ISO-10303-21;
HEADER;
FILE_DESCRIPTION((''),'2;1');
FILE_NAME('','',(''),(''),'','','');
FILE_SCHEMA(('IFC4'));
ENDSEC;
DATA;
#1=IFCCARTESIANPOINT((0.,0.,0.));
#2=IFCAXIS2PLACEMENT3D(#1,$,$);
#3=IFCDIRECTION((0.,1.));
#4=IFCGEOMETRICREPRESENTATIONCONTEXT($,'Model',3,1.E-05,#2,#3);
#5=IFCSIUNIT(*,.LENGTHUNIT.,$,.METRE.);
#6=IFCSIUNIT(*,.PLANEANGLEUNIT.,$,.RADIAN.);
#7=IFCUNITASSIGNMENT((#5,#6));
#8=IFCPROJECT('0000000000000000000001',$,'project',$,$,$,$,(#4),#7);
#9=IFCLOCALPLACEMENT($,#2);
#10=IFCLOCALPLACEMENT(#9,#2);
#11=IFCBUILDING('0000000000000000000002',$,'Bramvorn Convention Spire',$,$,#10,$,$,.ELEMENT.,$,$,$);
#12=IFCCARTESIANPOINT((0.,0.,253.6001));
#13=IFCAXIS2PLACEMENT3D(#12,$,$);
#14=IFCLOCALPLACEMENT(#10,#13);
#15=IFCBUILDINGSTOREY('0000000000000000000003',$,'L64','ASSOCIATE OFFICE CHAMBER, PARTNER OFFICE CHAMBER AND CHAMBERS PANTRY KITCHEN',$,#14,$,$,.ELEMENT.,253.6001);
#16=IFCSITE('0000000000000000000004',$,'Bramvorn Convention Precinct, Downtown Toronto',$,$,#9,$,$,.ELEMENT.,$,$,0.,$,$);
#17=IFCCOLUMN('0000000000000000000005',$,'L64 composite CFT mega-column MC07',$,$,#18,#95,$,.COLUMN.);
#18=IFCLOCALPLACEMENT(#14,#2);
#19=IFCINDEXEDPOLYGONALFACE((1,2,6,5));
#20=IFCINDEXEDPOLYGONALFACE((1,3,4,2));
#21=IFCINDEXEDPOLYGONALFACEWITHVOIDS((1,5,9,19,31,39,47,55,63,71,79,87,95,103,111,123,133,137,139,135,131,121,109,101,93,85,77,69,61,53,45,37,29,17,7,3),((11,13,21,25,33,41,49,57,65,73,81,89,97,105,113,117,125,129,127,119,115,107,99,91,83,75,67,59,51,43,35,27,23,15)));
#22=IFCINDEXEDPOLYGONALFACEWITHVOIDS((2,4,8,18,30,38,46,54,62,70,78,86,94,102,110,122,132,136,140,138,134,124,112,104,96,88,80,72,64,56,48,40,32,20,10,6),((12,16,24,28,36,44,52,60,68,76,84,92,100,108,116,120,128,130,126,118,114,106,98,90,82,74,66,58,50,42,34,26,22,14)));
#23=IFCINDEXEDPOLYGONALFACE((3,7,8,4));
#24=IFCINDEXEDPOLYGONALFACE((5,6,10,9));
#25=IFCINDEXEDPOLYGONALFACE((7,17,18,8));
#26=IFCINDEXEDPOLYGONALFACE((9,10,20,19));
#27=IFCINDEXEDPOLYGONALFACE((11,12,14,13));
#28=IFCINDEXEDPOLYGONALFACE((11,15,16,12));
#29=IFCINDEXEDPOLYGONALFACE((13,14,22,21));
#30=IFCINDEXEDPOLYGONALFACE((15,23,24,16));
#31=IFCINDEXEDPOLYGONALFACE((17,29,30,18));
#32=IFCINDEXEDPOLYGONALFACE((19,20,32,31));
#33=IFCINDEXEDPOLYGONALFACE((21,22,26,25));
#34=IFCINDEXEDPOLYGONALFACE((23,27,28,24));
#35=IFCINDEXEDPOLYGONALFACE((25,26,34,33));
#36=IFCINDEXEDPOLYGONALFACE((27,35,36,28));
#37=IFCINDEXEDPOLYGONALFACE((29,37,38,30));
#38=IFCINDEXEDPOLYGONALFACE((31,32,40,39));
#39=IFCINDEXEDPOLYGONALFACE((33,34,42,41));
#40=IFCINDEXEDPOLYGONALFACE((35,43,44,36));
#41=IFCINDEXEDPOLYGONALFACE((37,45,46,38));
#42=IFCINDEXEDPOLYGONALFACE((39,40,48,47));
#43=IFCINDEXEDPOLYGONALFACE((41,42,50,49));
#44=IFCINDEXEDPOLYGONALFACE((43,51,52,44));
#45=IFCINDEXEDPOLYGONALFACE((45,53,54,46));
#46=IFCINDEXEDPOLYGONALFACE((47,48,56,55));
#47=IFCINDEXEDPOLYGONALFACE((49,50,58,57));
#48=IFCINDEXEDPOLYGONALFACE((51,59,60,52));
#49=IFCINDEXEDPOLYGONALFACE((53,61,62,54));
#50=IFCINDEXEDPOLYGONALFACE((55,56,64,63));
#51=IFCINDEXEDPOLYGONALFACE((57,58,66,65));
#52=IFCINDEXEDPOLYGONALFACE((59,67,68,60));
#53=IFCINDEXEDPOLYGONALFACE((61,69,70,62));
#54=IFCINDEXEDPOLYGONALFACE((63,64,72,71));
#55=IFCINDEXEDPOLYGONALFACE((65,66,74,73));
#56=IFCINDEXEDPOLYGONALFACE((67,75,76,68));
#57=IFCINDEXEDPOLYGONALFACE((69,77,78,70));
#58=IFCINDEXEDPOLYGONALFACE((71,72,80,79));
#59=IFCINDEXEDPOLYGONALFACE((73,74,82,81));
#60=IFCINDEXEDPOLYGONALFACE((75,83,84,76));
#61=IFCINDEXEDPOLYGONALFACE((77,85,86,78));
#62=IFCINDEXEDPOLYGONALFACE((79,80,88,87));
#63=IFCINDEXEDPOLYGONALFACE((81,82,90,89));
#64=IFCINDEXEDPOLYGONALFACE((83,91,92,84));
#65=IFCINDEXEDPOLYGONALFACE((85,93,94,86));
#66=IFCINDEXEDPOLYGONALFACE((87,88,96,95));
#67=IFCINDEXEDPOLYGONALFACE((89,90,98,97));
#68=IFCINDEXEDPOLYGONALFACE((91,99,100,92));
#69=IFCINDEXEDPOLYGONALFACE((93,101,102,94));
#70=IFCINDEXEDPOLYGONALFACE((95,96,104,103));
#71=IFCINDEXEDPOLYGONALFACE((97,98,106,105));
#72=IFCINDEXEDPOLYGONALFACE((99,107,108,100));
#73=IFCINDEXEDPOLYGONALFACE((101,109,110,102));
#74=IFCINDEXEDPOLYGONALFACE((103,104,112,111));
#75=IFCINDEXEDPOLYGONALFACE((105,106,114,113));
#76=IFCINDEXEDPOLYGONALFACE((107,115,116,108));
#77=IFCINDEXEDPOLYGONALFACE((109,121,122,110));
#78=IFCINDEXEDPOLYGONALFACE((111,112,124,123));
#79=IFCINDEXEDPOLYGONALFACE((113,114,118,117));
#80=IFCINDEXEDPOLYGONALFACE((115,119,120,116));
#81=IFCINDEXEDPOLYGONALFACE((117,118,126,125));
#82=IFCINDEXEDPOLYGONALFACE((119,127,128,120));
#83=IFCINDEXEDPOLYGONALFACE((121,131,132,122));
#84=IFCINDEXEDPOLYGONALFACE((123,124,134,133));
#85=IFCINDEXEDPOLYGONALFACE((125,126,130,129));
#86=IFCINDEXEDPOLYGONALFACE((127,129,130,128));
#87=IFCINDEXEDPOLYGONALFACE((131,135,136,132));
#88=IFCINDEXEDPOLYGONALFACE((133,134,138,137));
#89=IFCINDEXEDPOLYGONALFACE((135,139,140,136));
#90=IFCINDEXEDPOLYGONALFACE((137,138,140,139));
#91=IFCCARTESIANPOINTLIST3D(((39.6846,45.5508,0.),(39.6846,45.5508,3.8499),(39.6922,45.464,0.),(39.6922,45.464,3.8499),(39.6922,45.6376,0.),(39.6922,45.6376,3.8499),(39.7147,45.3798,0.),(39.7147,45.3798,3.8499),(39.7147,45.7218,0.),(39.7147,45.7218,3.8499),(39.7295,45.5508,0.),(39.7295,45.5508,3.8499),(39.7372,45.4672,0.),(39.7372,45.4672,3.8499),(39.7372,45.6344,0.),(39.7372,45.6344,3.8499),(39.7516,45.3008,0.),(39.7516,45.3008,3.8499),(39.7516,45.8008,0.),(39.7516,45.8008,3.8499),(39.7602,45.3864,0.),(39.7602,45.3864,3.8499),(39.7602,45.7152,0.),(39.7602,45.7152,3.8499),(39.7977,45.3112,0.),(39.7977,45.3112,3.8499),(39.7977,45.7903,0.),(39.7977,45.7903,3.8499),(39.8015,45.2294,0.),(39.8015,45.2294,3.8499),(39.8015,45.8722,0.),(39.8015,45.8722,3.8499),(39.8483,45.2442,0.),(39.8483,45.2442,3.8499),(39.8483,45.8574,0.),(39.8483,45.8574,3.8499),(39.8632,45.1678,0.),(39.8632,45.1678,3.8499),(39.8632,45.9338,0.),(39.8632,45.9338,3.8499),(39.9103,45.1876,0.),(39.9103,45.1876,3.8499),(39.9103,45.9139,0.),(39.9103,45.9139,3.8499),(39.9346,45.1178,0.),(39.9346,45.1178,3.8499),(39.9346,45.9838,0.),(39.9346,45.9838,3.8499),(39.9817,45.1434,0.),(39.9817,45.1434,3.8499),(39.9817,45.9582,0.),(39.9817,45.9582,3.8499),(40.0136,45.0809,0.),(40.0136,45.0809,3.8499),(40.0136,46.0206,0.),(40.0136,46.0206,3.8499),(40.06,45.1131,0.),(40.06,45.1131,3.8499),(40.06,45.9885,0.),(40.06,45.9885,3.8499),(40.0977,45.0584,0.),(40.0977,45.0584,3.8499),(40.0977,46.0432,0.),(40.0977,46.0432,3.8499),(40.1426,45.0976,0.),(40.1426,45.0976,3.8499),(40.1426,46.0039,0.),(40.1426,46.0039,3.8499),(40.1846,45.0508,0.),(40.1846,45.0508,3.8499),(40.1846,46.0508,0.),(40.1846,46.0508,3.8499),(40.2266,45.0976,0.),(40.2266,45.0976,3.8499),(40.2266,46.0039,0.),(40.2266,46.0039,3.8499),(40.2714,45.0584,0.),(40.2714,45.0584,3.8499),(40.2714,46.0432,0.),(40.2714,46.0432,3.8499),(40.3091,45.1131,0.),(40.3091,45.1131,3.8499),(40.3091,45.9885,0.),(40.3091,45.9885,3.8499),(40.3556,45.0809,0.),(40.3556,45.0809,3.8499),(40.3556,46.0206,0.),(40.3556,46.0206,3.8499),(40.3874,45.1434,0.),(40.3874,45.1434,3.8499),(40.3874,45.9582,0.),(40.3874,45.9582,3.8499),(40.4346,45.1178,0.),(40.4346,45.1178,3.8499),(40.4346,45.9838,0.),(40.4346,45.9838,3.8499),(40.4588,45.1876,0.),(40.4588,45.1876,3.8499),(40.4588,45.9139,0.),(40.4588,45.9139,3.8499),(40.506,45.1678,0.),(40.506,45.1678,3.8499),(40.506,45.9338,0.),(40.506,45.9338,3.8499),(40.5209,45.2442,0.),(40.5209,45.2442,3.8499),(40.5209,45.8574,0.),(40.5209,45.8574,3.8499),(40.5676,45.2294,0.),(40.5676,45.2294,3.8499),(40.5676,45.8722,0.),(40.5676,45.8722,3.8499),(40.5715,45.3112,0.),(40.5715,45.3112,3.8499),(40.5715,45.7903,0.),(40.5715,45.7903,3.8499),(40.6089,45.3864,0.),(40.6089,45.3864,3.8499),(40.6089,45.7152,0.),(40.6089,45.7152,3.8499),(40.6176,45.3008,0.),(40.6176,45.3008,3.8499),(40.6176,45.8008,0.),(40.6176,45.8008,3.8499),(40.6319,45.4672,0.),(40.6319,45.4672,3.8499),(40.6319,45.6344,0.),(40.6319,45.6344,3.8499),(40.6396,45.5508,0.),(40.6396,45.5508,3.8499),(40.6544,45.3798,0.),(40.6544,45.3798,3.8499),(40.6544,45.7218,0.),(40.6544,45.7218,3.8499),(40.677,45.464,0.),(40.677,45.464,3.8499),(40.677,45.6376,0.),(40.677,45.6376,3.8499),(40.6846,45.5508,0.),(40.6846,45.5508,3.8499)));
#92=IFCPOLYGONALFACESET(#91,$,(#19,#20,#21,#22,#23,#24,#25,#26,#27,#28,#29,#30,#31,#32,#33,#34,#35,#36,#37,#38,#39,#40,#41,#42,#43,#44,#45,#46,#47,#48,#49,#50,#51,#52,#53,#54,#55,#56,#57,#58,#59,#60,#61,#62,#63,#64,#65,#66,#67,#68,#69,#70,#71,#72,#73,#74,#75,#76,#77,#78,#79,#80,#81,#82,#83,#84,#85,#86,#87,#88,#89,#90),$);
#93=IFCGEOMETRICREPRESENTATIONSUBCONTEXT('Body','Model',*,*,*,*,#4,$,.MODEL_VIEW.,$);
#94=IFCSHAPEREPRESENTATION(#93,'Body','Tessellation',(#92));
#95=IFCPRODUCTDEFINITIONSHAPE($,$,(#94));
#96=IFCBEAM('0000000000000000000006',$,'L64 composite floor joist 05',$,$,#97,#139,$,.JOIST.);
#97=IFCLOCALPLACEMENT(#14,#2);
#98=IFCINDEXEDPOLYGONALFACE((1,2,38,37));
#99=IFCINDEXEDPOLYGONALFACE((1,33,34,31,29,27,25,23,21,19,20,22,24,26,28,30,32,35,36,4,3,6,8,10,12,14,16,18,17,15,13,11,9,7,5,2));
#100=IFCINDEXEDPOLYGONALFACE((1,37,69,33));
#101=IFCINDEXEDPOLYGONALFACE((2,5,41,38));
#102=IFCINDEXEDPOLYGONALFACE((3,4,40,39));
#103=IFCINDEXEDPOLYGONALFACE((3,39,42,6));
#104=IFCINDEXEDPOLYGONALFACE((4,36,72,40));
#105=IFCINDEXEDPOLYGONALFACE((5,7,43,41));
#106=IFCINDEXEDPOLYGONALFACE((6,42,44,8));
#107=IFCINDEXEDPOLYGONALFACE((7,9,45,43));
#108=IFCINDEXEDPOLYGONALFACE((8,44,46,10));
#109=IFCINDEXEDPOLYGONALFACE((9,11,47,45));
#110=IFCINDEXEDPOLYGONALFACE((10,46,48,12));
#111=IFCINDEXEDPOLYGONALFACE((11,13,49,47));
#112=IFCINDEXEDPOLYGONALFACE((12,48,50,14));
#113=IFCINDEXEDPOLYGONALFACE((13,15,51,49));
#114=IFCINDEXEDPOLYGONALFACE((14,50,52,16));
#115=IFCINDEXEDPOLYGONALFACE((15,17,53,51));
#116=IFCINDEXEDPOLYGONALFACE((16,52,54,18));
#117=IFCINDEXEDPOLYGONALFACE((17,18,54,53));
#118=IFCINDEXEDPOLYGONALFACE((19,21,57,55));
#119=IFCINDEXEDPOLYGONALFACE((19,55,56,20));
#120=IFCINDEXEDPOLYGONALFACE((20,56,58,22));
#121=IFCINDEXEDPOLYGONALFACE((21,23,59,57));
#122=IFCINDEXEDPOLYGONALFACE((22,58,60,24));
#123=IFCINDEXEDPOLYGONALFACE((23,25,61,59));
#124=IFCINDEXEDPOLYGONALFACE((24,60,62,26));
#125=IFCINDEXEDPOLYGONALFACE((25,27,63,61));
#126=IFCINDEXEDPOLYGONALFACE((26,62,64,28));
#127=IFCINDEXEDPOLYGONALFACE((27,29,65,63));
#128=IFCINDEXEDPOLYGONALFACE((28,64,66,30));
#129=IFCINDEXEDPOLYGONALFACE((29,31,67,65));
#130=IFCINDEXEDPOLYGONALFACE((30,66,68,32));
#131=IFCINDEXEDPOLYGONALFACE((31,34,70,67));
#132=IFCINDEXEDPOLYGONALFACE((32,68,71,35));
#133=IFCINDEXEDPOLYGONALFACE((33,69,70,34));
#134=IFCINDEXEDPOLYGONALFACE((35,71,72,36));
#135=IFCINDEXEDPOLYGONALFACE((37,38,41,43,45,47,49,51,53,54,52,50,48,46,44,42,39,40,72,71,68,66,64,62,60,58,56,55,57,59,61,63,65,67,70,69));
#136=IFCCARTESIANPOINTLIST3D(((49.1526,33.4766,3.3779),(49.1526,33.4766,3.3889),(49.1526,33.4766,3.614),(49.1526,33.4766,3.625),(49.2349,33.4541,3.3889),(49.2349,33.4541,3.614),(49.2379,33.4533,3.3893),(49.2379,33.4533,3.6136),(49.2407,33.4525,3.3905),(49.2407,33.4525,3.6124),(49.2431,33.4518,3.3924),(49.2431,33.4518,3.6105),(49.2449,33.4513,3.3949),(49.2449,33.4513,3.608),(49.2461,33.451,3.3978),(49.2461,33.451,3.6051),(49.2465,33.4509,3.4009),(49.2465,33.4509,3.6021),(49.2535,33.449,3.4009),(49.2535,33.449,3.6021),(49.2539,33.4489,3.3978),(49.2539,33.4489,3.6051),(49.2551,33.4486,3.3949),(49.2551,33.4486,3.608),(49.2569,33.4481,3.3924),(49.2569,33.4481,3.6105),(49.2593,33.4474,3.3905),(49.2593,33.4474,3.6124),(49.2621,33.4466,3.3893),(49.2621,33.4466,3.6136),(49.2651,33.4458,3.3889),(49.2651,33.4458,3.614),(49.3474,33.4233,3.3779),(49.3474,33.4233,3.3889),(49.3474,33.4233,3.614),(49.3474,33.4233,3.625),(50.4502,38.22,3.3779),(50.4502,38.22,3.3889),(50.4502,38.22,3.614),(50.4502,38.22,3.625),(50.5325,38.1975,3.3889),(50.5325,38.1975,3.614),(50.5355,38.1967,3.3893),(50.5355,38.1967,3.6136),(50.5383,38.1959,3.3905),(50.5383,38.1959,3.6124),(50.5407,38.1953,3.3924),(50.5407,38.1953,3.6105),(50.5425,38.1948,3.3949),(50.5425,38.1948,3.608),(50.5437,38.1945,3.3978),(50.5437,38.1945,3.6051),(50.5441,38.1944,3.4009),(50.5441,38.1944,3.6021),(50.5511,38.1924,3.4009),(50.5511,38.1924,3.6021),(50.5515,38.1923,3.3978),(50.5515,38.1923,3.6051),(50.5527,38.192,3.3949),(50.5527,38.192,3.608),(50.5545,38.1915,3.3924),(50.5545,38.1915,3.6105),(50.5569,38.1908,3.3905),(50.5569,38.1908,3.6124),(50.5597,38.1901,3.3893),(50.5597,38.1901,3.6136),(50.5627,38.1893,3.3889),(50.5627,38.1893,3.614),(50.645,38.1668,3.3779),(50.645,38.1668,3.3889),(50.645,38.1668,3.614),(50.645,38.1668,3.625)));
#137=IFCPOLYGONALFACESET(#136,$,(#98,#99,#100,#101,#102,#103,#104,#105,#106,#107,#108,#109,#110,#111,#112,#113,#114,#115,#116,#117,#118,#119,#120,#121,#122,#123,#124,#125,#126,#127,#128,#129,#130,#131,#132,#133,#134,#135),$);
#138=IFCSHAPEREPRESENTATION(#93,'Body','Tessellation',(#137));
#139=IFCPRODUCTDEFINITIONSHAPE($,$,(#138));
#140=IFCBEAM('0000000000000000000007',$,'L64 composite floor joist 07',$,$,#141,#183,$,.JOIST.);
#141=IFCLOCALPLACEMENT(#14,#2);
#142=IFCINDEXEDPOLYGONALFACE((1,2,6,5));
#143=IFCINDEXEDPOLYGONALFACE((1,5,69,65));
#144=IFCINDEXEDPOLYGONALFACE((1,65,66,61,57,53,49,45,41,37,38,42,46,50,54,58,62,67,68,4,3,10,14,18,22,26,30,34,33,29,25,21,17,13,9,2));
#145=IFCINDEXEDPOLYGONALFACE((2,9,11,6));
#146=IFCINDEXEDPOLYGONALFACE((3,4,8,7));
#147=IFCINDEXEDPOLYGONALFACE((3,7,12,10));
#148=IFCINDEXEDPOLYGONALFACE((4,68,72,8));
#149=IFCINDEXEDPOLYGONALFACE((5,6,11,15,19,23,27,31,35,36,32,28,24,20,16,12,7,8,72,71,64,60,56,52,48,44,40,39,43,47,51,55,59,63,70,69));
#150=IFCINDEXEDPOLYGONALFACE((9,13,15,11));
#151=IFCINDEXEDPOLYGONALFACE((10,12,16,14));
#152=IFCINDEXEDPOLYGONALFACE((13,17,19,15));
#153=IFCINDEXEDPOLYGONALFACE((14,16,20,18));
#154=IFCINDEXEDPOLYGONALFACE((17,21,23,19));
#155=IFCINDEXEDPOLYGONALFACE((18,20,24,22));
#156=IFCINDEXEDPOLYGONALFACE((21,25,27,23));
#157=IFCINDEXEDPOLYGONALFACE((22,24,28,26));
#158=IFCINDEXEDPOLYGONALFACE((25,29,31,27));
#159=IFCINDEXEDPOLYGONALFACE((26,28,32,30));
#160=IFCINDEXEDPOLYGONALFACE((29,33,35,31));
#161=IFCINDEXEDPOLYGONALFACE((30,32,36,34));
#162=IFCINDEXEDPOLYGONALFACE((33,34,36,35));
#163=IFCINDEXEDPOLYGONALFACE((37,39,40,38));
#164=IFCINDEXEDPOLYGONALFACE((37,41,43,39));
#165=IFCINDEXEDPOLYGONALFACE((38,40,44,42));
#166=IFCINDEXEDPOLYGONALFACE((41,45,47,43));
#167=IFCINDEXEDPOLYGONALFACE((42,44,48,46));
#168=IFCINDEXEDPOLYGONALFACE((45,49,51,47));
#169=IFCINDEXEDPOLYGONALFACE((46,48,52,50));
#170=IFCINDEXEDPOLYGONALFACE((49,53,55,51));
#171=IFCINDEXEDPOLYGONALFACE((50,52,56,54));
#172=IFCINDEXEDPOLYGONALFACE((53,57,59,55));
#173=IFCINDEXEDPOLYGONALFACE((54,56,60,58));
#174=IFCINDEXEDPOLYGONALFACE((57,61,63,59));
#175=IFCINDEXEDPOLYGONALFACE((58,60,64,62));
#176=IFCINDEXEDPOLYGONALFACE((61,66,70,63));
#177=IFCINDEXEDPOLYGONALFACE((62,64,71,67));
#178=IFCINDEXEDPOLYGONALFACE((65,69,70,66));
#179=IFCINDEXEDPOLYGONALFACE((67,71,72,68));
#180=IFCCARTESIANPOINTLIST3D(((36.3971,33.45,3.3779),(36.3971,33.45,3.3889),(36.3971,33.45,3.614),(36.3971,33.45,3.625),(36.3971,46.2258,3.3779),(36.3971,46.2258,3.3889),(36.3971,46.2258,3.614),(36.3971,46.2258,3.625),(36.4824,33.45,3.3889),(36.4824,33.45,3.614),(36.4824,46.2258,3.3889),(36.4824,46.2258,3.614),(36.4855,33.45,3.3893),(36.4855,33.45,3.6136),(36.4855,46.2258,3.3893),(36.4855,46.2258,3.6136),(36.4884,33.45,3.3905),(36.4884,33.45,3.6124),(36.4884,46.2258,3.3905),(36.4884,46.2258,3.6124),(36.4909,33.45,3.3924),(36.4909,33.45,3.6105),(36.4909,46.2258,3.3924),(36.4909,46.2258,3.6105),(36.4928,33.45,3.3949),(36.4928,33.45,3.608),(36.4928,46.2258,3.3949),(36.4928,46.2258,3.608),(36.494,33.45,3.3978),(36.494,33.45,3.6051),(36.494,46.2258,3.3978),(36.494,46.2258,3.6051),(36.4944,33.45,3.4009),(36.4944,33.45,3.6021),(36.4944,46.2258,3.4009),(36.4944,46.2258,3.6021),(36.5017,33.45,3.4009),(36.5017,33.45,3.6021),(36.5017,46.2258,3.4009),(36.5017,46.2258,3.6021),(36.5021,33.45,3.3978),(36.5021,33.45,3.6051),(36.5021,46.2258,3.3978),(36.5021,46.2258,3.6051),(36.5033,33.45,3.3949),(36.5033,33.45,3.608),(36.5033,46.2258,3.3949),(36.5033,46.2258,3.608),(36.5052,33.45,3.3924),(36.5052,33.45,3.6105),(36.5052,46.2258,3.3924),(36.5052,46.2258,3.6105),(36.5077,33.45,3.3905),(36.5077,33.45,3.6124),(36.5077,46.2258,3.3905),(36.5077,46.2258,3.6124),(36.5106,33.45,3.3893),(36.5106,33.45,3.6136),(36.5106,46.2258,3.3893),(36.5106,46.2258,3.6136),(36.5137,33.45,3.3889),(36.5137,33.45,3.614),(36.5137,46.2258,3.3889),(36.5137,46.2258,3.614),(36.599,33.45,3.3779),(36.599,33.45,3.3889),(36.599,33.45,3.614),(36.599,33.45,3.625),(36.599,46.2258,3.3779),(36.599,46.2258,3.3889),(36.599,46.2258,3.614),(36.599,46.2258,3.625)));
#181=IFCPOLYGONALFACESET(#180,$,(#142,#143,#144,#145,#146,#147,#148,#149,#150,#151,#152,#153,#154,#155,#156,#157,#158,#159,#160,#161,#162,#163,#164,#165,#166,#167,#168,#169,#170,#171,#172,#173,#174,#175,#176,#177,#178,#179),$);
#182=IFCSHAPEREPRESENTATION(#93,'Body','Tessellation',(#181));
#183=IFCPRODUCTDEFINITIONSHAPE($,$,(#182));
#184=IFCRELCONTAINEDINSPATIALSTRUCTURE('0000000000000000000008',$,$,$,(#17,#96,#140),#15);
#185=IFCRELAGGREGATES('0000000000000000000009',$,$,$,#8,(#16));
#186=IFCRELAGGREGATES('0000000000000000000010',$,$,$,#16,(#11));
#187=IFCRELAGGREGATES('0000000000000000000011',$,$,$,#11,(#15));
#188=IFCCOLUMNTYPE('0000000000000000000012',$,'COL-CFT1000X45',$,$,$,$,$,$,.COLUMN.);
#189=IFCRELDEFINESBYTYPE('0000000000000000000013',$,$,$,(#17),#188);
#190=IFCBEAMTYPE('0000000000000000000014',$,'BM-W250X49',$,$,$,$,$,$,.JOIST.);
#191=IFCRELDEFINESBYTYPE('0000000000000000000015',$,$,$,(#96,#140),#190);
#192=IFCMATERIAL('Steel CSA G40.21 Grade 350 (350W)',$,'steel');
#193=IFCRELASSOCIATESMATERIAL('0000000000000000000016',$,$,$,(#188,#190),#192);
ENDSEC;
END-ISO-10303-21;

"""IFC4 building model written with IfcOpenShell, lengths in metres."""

from ifc_helpers import new_model, si_unit, direction, frame, origin, origin_2d, place, context, subcontext, project, spatial, hollow_circle, i_section, extrude, material, material_profile, profile_set, type_object, element, save


model = new_model("IFC4")

# Units and contexts
model_context = context("Model", 3, precision=1e-05, world=origin(), true_north=direction((0.0, 1.0)))
body_context = subcontext(model_context, "Body", "Model", "MODEL_VIEW")
ifc_project = project(units=[si_unit("LENGTHUNIT", "METRE"), si_unit("PLANEANGLEUNIT", "RADIAN")], contexts=[model_context])

# Site, building, storey
site_placement = place(None, origin())
site = spatial("IfcSite", under=ifc_project, at=site_placement, Name="Bramvorn Convention Precinct, Downtown Toronto", CompositionType="ELEMENT", RefElevation=0.0)
building_placement = place(site_placement, origin())
building = spatial("IfcBuilding", under=site, at=building_placement, Name="Bramvorn Convention Spire", CompositionType="ELEMENT")
storey_placement = place(building_placement, frame((0.0, 0.0, 253.6001)))
storey = spatial("IfcBuildingStorey", under=building, at=storey_placement, Name="L64", Description="ASSOCIATE OFFICE CHAMBER, PARTNER OFFICE CHAMBER AND CHAMBERS PANTRY KITCHEN", CompositionType="ELEMENT", Elevation=253.6001)

# Column
ifc_material_1 = material(Name="Steel CSA G40.21 Grade 350 (350W)", Category="steel")
ifc_material_profile_1 = material_profile(ifc_material_1, hollow_circle(Radius=0.5, WallThickness=0.0449, at=origin_2d()))
ifc_profile_set_1 = profile_set([ifc_material_profile_1], Name="Steel CSA G40.21 Grade 350 (350W) - CFT1000X45")
column_type = type_object("IfcColumnType", Name="COL-CFT1000X45", PredefinedType="COLUMN", material=ifc_profile_set_1)
for number, where, z_axis, x_axis, name in (
    (1, (40.1846, 45.5508, 0.0), (0.0, 0.0, 1.0), (1.0, 0.0, 0.0), "L64 composite CFT mega-column MC07"),
):
    element("IfcColumn", number, at=place(storey_placement, frame(where, z_axis=z_axis, x_axis=x_axis)), inside=storey, type_object=column_type, Name=name, PredefinedType="COLUMN", context=body_context, shape_type="SweptSolid", body=[
        extrude(hollow_circle(Radius=0.5, WallThickness=0.0449, at=origin_2d()), origin(), (0.0, 0.0, 1.0), 3.8499),
    ])

# Beams
ifc_material_profile_2 = material_profile(ifc_material_1, i_section(OverallWidth=0.2019, OverallDepth=0.2471, WebThickness=0.0073, FlangeThickness=0.011, FilletRadius=0.012, at=origin_2d()))
ifc_profile_set_2 = profile_set([ifc_material_profile_2], Name="Steel CSA G40.21 Grade 350 (350W) - W250X49")
beam_type_1 = type_object("IfcBeamType", Name="BM-W250X49", PredefinedType="JOIST", material=ifc_profile_set_2)
beam_1_placement = place(storey_placement, frame((49.25, 33.45, 3.5015), z_axis=(0.263865, 0.96456, 0.0), x_axis=(-0.96456, 0.263865, 0.0)))
element("IfcBeam", 2, at=beam_1_placement, inside=storey, type_object=beam_type_1, Name="L64 composite floor joist 05", PredefinedType="JOIST", context=body_context, shape_type="SweptSolid", body=[
    extrude(i_section(OverallWidth=0.2019, OverallDepth=0.2471, WebThickness=0.0073, FlangeThickness=0.011, FilletRadius=0.012, at=origin_2d()), origin(), (0.0, 0.0, 1.0), 4.9177),
])
beam_2_placement = place(storey_placement, frame((36.498, 33.45, 3.5015), z_axis=(0.0, 1.0, 0.0), x_axis=(-1.0, 0.0, 0.0)))
element("IfcBeam", 3, at=beam_2_placement, inside=storey, type_object=beam_type_1, Name="L64 composite floor joist 07", PredefinedType="JOIST", context=body_context, shape_type="SweptSolid", body=[
    extrude(i_section(OverallWidth=0.2019, OverallDepth=0.2471, WebThickness=0.0073, FlangeThickness=0.011, FilletRadius=0.012, at=origin_2d()), origin(), (0.0, 0.0, 1.0), 12.7759),
])

save(model, "model.ifc")
